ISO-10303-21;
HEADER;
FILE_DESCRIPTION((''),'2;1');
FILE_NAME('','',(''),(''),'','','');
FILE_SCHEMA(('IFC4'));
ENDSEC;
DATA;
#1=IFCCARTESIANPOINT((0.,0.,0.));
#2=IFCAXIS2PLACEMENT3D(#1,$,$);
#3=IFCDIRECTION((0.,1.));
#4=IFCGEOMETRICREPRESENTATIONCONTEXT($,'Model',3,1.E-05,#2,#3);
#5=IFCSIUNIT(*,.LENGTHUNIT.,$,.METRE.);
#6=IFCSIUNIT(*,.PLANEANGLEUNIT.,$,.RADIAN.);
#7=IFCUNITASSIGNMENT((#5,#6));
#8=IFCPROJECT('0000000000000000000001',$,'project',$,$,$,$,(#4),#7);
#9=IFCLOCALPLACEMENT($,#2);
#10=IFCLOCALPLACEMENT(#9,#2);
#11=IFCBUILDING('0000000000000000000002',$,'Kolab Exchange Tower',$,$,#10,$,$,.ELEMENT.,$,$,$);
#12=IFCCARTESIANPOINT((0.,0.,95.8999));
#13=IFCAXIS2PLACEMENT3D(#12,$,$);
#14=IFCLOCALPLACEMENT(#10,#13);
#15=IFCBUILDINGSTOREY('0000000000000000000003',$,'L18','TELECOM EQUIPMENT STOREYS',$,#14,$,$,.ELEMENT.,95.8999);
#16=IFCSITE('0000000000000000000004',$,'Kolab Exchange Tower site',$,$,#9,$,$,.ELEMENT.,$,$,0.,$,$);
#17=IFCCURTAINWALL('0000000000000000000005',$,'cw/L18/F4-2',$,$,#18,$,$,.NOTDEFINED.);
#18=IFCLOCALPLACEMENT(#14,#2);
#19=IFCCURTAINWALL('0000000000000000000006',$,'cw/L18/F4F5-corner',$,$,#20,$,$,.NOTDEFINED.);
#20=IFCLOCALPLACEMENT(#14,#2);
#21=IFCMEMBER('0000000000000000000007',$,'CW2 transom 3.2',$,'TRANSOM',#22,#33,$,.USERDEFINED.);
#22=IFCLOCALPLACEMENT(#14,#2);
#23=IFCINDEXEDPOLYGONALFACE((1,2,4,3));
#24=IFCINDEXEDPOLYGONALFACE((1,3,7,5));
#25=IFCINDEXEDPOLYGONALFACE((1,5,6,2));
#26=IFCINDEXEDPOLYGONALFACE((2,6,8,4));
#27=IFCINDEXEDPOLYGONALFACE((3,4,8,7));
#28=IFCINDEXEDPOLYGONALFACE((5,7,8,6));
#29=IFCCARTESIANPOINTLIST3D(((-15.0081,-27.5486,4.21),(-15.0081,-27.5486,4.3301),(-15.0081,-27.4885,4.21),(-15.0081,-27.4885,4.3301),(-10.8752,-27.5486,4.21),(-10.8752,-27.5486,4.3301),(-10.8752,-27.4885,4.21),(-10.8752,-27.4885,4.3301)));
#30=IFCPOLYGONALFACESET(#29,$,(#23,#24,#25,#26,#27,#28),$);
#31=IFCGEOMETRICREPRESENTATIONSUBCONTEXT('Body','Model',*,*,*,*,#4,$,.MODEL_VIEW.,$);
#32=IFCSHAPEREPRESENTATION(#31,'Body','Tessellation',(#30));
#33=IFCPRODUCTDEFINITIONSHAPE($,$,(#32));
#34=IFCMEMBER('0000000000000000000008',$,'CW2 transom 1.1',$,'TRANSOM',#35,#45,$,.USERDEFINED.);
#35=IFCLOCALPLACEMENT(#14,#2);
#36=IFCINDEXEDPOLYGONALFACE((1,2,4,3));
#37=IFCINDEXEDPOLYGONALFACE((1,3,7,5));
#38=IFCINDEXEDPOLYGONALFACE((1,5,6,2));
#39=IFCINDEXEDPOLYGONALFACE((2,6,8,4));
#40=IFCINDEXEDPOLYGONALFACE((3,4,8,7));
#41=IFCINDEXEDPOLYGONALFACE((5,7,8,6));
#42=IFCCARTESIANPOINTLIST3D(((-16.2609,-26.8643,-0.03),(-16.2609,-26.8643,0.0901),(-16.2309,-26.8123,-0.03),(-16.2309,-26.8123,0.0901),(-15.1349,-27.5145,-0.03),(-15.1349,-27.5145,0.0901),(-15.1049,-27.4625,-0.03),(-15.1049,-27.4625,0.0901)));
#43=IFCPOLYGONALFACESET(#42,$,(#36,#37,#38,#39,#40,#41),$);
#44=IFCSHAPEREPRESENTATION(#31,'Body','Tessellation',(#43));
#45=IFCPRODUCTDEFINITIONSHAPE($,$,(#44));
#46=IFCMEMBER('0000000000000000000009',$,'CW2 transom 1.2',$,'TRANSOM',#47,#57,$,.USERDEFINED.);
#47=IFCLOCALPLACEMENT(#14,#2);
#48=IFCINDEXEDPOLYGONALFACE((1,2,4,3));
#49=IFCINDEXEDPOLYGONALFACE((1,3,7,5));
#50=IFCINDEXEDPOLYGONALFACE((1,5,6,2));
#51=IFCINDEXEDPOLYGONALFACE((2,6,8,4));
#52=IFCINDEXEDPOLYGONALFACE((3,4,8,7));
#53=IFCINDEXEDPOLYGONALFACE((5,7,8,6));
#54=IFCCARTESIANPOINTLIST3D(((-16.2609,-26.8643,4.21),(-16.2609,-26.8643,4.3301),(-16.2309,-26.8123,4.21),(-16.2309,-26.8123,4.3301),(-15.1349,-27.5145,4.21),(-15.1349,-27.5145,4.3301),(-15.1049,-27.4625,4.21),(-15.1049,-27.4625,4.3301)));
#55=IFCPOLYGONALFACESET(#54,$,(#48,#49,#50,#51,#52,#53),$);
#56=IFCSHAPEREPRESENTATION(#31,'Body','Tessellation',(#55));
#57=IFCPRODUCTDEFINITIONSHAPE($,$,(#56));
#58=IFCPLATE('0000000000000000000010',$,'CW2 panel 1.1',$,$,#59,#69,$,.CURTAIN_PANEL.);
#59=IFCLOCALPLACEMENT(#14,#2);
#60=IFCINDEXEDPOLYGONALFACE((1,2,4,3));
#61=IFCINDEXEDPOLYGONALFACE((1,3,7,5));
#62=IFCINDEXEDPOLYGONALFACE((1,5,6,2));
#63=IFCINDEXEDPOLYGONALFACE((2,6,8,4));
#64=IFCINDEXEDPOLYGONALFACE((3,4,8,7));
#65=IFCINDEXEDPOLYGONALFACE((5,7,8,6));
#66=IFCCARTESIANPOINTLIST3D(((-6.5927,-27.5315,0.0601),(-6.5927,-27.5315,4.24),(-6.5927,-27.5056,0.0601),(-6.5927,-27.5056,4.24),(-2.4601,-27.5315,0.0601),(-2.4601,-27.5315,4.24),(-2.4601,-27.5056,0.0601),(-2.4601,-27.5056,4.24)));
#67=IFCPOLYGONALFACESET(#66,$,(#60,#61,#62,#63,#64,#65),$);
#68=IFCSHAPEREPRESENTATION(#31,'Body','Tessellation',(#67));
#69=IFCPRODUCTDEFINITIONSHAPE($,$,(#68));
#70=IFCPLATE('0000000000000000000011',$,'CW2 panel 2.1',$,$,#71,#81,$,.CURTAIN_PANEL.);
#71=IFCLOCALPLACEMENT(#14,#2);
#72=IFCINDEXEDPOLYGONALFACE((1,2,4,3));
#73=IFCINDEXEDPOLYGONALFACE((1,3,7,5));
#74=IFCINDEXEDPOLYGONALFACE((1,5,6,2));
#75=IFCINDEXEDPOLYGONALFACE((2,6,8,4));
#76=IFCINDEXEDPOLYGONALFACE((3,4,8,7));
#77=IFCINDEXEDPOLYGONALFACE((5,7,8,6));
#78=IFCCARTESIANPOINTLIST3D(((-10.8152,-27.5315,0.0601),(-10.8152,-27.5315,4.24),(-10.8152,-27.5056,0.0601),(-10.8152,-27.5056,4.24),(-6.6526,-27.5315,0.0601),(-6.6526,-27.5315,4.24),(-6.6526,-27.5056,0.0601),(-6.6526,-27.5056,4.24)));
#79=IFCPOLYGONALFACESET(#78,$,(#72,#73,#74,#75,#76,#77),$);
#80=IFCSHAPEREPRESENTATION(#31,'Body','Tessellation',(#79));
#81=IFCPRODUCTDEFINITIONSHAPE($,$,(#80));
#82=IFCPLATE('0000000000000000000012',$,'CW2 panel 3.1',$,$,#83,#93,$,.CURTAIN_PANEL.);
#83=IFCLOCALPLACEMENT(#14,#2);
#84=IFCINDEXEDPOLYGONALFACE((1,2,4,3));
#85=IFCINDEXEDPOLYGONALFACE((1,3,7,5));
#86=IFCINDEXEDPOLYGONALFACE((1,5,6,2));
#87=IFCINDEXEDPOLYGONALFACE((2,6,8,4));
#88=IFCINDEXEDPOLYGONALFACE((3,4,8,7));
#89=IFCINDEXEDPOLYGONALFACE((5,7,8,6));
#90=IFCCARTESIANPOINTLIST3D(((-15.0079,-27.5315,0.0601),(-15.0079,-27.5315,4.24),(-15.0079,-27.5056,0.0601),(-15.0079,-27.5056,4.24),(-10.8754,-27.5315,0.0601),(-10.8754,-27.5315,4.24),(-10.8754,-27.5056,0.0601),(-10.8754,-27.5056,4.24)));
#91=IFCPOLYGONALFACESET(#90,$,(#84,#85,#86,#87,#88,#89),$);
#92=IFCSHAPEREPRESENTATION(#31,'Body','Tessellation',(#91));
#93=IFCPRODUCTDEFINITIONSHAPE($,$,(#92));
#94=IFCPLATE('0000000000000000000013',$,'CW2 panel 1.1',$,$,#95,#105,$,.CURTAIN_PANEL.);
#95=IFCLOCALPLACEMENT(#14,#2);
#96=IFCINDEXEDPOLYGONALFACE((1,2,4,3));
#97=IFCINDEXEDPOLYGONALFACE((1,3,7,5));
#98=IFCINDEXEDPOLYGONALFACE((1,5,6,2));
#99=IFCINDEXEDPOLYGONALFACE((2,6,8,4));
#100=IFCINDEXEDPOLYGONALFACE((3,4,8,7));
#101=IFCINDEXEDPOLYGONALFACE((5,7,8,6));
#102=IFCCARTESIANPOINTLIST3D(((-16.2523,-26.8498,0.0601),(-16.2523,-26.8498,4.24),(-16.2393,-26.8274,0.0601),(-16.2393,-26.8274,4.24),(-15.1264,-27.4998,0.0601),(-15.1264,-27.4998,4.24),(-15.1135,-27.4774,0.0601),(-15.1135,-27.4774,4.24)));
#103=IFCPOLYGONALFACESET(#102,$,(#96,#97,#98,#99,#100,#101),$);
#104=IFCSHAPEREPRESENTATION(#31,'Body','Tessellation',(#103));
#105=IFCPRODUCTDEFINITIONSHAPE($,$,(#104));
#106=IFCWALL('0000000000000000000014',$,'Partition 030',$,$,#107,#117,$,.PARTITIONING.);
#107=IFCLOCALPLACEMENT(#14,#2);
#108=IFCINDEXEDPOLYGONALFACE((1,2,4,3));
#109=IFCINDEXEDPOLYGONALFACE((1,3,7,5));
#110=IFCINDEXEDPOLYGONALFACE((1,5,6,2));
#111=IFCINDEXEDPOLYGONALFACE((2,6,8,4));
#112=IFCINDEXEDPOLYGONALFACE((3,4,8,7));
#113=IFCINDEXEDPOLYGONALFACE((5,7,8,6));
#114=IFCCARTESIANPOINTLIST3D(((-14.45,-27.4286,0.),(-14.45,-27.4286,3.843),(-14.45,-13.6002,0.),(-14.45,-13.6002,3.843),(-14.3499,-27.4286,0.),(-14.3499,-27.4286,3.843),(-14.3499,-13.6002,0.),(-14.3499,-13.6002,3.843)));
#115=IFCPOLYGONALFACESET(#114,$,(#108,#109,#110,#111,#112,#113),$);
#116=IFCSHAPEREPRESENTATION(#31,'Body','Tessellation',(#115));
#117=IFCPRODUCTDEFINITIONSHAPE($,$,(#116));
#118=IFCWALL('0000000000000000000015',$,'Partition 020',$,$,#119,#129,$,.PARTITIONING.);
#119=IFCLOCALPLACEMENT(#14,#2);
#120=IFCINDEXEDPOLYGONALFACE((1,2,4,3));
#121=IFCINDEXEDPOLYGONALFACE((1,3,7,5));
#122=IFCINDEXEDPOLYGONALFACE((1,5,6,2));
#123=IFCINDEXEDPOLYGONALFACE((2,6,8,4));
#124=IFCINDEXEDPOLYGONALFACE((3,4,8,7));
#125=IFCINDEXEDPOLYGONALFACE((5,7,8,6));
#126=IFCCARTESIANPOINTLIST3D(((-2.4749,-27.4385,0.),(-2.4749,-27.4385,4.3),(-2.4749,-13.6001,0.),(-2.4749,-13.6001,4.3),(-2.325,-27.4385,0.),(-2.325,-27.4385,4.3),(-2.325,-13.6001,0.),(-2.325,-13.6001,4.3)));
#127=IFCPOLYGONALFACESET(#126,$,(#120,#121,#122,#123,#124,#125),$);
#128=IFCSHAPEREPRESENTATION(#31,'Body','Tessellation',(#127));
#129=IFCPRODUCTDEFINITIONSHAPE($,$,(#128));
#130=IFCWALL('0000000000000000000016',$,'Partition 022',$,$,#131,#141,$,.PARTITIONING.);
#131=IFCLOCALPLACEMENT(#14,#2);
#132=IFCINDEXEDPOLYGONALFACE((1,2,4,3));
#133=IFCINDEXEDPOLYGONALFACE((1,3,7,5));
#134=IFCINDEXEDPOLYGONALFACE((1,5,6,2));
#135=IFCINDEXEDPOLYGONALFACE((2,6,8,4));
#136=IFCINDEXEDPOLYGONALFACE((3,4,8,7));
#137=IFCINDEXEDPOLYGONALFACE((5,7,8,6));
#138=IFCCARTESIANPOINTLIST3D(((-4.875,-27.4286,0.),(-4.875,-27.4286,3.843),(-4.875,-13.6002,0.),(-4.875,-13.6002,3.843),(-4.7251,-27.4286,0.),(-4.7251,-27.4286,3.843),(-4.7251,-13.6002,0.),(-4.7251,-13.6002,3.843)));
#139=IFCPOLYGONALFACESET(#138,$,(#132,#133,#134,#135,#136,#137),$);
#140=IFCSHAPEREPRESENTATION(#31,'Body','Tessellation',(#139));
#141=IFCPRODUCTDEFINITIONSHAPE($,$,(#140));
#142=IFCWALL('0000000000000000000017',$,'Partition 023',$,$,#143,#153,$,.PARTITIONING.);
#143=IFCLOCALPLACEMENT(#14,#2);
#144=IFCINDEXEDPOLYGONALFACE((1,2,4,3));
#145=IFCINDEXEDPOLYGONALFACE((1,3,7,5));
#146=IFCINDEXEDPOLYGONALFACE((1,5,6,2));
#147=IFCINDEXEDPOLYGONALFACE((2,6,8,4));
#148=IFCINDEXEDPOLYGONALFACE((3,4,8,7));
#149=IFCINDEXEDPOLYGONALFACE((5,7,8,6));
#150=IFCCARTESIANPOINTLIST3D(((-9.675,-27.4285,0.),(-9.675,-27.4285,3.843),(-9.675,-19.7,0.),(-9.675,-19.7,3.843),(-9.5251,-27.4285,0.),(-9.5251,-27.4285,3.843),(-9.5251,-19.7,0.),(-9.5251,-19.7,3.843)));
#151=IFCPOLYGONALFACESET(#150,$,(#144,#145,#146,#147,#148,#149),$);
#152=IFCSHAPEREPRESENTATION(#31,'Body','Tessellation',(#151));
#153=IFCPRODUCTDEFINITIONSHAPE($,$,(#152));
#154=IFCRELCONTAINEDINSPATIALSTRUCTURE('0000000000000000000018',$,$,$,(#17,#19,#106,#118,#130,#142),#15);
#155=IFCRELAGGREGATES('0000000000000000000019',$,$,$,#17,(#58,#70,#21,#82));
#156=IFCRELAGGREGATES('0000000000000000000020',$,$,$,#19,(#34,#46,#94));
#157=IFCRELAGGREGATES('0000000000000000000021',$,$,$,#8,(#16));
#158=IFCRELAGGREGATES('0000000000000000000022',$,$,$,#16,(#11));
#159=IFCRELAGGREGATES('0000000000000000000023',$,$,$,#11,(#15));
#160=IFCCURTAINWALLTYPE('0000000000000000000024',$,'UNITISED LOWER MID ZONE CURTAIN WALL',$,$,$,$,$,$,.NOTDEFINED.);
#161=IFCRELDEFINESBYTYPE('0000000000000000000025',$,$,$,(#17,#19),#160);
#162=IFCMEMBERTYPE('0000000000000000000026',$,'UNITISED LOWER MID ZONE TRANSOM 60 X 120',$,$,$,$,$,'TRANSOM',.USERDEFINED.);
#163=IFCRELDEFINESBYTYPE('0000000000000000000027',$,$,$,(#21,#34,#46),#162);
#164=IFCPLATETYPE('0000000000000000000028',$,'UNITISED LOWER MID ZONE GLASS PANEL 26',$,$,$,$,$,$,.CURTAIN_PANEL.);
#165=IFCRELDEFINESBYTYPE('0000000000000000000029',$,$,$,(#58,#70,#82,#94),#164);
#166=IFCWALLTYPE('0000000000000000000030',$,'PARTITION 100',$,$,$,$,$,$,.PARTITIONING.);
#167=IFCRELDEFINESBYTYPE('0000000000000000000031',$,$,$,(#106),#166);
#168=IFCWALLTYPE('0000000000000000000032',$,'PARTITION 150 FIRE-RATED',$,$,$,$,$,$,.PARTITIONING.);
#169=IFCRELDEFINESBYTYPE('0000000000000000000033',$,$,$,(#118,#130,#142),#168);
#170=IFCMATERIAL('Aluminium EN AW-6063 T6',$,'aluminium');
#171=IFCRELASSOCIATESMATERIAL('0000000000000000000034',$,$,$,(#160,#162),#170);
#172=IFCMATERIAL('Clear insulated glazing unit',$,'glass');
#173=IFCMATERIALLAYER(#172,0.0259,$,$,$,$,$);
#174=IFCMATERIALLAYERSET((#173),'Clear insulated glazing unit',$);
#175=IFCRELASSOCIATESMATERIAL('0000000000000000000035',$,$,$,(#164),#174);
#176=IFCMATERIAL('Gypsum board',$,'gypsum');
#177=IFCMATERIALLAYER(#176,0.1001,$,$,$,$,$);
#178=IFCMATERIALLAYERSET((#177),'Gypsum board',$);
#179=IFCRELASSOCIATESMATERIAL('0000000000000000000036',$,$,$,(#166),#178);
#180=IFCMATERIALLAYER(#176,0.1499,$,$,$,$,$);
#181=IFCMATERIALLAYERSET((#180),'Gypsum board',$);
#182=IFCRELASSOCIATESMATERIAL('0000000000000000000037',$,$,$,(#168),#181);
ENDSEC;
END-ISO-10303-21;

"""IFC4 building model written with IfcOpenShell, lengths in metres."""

from ifc_helpers import new_model, si_unit, direction, frame, frame_2d, origin, origin_2d, place, context, subcontext, project, spatial, rectangle, extrude, material, layer, layer_set, material_profile, profile_set, type_object, element, aggregate, save


model = new_model("IFC4")

# Units and contexts
model_context = context("Model", 3, precision=1e-05, world=origin(), true_north=direction((0.0, 1.0)))
body_context = subcontext(model_context, "Body", "Model", "MODEL_VIEW")
ifc_project = project(units=[si_unit("LENGTHUNIT", "METRE"), si_unit("PLANEANGLEUNIT", "RADIAN")], contexts=[model_context])

# Site, building, storey
site_placement = place(None, origin())
site = spatial("IfcSite", under=ifc_project, at=site_placement, Name="Kolab Exchange Tower site", CompositionType="ELEMENT", RefElevation=0.0)
building_placement = place(site_placement, origin())
building = spatial("IfcBuilding", under=site, at=building_placement, Name="Kolab Exchange Tower", CompositionType="ELEMENT")
storey_placement = place(building_placement, frame((0.0, 0.0, 95.8999)))
storey = spatial("IfcBuildingStorey", under=building, at=storey_placement, Name="L18", Description="TELECOM EQUIPMENT STOREYS", CompositionType="ELEMENT", Elevation=95.8999)

# Curtain wall
ifc_material_1 = material(Name="Aluminium EN AW-6063 T6", Category="aluminium")
curtain_wall_type = type_object("IfcCurtainWallType", Name="UNITISED LOWER MID ZONE CURTAIN WALL", PredefinedType="NOTDEFINED", material=ifc_material_1)
curtain_wall_1_placement = place(storey_placement, origin())
curtain_wall_1 = element("IfcCurtainWall", 1, at=curtain_wall_1_placement, inside=storey, type_object=curtain_wall_type, Name="cw/L18/F4-2", PredefinedType="NOTDEFINED")

# Curtain wall
curtain_wall_2_placement = place(storey_placement, origin())
curtain_wall_2 = element("IfcCurtainWall", 2, at=curtain_wall_2_placement, inside=storey, type_object=curtain_wall_type, Name="cw/L18/F4F5-corner", PredefinedType="NOTDEFINED")

# Members
ifc_material_profile_1 = material_profile(ifc_material_1, rectangle(XDim=0.0601, YDim=0.1201, at=origin_2d()), Name="RECT 60X120")
ifc_profile_set_1 = profile_set([ifc_material_profile_1], Name="Aluminium EN AW-6063 T6")
member_type_1 = type_object("IfcMemberType", Name="UNITISED LOWER MID ZONE TRANSOM 60 X 120", ElementType="TRANSOM", PredefinedType="USERDEFINED", material=ifc_profile_set_1)
member_1_placement = place(storey_placement, frame((-10.8752, -27.5186, 4.27), z_axis=(-1.0, 0.0, 0.0), x_axis=(0.0, -1.0, 0.0)))
member_1 = element("IfcMember", 3, at=member_1_placement, type_object=member_type_1, Name="CW2 transom 3.2", ObjectType="TRANSOM", PredefinedType="USERDEFINED", context=body_context, shape_type="SweptSolid", body=[
    extrude(rectangle(XDim=0.0601, YDim=0.1201, at=origin_2d()), origin(), (0.0, 0.0, 1.0), 4.1328),
])
member_2_placement = place(storey_placement, frame((-15.1199, -27.4885, 0.03), z_axis=(-0.866004, 0.500037, 0.0), x_axis=(-0.500037, -0.866004, 0.0)))
member_2 = element("IfcMember", 4, at=member_2_placement, type_object=member_type_1, Name="CW2 transom 1.1", ObjectType="TRANSOM", PredefinedType="USERDEFINED", context=body_context, shape_type="SweptSolid", body=[
    extrude(rectangle(XDim=0.0601, YDim=0.1201, at=origin_2d()), origin(), (0.0, 0.0, 1.0), 1.3003),
])
member_3_placement = place(storey_placement, frame((-15.1199, -27.4885, 4.27), z_axis=(-0.866004, 0.500037, 0.0), x_axis=(-0.500037, -0.866004, 0.0)))
member_3 = element("IfcMember", 5, at=member_3_placement, type_object=member_type_1, Name="CW2 transom 1.2", ObjectType="TRANSOM", PredefinedType="USERDEFINED", context=body_context, shape_type="SweptSolid", body=[
    extrude(rectangle(XDim=0.0601, YDim=0.1201, at=origin_2d()), origin(), (0.0, 0.0, 1.0), 1.3003),
])

# Plates
ifc_material_2 = material(Name="Clear insulated glazing unit", Category="glass")
ifc_layer_1 = layer(ifc_material_2, 0.0259)
ifc_layer_set_1 = layer_set([ifc_layer_1], Name="Clear insulated glazing unit")
plate_type = type_object("IfcPlateType", Name="UNITISED LOWER MID ZONE GLASS PANEL 26", PredefinedType="CURTAIN_PANEL", material=ifc_layer_set_1)
plate_1_placement = place(storey_placement, frame((-4.5264, -27.5186, 0.0601), z_axis=(0.0, 0.0, 1.0), x_axis=(-1.0, 0.0, 0.0)))
plate_1 = element("IfcPlate", 6, at=plate_1_placement, type_object=plate_type, Name="CW2 panel 1.1", PredefinedType="CURTAIN_PANEL", context=body_context, shape_type="SweptSolid", body=[
    extrude(rectangle(XDim=4.1326, YDim=0.0259, at=origin_2d()), origin(), (0.0, 0.0, 1.0), 4.1799),
])
plate_2_placement = place(storey_placement, frame((-8.7339, -27.5186, 0.0601), z_axis=(0.0, 0.0, 1.0), x_axis=(-1.0, 0.0, 0.0)))
plate_2 = element("IfcPlate", 7, at=plate_2_placement, type_object=plate_type, Name="CW2 panel 2.1", PredefinedType="CURTAIN_PANEL", context=body_context, shape_type="SweptSolid", body=[
    extrude(rectangle(XDim=4.1626, YDim=0.0259, at=origin_2d()), origin(), (0.0, 0.0, 1.0), 4.1799),
])
plate_3_placement = place(storey_placement, frame((-12.9417, -27.5186, 0.0601), z_axis=(0.0, 0.0, 1.0), x_axis=(-1.0, 0.0, 0.0)))
plate_3 = element("IfcPlate", 8, at=plate_3_placement, type_object=plate_type, Name="CW2 panel 3.1", PredefinedType="CURTAIN_PANEL", context=body_context, shape_type="SweptSolid", body=[
    extrude(rectangle(XDim=4.1326, YDim=0.0259, at=origin_2d()), origin(), (0.0, 0.0, 1.0), 4.1799),
])
aggregate(curtain_wall_1, [plate_1, plate_2, member_1, plate_3])
plate_4_placement = place(storey_placement, frame((-15.6829, -27.1636, 0.0601), z_axis=(0.0, 0.0, 1.0), x_axis=(-0.866025, 0.5, 0.0)))
plate_4 = element("IfcPlate", 9, at=plate_4_placement, type_object=plate_type, Name="CW2 panel 1.1", PredefinedType="CURTAIN_PANEL", context=body_context, shape_type="SweptSolid", body=[
    extrude(rectangle(XDim=1.3, YDim=0.0259, at=origin_2d()), origin(), (0.0, 0.0, 1.0), 4.1799),
])
aggregate(curtain_wall_2, [member_2, member_3, plate_4])

# Walls
ifc_material_3 = material(Name="Gypsum board", Category="gypsum")
ifc_layer_2 = layer(ifc_material_3, 0.1001)
ifc_layer_set_2 = layer_set([ifc_layer_2], Name="Gypsum board")
wall_type_1 = type_object("IfcWallType", Name="PARTITION 100", PredefinedType="PARTITIONING", material=ifc_layer_set_2)
wall_1_placement = place(storey_placement, frame((-14.3999, -27.4285, 0.0), z_axis=(0.0, 0.0, 1.0), x_axis=(0.0, 1.0, 0.0)))
element("IfcWall", 10, at=wall_1_placement, inside=storey, type_object=wall_type_1, Name="Partition 030", PredefinedType="PARTITIONING", context=body_context, shape_type="SweptSolid", body=[
    extrude(rectangle(XDim=13.8284, YDim=0.1001, at=frame_2d((6.9141, 0.0))), origin(), (0.0, 0.0, 1.0), 3.843),
])
ifc_layer_3 = layer(ifc_material_3, 0.1499)
ifc_layer_set_3 = layer_set([ifc_layer_3], Name="Gypsum board")
wall_type_2 = type_object("IfcWallType", Name="PARTITION 150 FIRE-RATED", PredefinedType="PARTITIONING", material=ifc_layer_set_3)
wall_2_placement = place(storey_placement, frame((-2.3999, -27.4385, 0.0), z_axis=(0.0, 0.0, 1.0), x_axis=(0.0, 1.0, 0.0)))
element("IfcWall", 11, at=wall_2_placement, inside=storey, type_object=wall_type_2, Name="Partition 020", PredefinedType="PARTITIONING", context=body_context, shape_type="SweptSolid", body=[
    extrude(rectangle(XDim=13.8384, YDim=0.1499, at=frame_2d((6.9192, 0.0))), origin(), (0.0, 0.0, 1.0), 4.3),
])
wall_3_placement = place(storey_placement, frame((-4.8, -27.4285, 0.0), z_axis=(0.0, 0.0, 1.0), x_axis=(0.0, 1.0, 0.0)))
element("IfcWall", 12, at=wall_3_placement, inside=storey, type_object=wall_type_2, Name="Partition 022", PredefinedType="PARTITIONING", context=body_context, shape_type="SweptSolid", body=[
    extrude(rectangle(XDim=13.8284, YDim=0.1499, at=frame_2d((6.9141, 0.0))), origin(), (0.0, 0.0, 1.0), 3.843),
])
wall_4_placement = place(storey_placement, frame((-9.6001, -27.4285, 0.0), z_axis=(0.0, 0.0, 1.0), x_axis=(0.0, 1.0, 0.0)))
element("IfcWall", 13, at=wall_4_placement, inside=storey, type_object=wall_type_2, Name="Partition 023", PredefinedType="PARTITIONING", context=body_context, shape_type="SweptSolid", body=[
    extrude(rectangle(XDim=7.7285, YDim=0.1499, at=frame_2d((3.8643, 0.0))), origin(), (0.0, 0.0, 1.0), 3.843),
])

save(model, "model.ifc")
